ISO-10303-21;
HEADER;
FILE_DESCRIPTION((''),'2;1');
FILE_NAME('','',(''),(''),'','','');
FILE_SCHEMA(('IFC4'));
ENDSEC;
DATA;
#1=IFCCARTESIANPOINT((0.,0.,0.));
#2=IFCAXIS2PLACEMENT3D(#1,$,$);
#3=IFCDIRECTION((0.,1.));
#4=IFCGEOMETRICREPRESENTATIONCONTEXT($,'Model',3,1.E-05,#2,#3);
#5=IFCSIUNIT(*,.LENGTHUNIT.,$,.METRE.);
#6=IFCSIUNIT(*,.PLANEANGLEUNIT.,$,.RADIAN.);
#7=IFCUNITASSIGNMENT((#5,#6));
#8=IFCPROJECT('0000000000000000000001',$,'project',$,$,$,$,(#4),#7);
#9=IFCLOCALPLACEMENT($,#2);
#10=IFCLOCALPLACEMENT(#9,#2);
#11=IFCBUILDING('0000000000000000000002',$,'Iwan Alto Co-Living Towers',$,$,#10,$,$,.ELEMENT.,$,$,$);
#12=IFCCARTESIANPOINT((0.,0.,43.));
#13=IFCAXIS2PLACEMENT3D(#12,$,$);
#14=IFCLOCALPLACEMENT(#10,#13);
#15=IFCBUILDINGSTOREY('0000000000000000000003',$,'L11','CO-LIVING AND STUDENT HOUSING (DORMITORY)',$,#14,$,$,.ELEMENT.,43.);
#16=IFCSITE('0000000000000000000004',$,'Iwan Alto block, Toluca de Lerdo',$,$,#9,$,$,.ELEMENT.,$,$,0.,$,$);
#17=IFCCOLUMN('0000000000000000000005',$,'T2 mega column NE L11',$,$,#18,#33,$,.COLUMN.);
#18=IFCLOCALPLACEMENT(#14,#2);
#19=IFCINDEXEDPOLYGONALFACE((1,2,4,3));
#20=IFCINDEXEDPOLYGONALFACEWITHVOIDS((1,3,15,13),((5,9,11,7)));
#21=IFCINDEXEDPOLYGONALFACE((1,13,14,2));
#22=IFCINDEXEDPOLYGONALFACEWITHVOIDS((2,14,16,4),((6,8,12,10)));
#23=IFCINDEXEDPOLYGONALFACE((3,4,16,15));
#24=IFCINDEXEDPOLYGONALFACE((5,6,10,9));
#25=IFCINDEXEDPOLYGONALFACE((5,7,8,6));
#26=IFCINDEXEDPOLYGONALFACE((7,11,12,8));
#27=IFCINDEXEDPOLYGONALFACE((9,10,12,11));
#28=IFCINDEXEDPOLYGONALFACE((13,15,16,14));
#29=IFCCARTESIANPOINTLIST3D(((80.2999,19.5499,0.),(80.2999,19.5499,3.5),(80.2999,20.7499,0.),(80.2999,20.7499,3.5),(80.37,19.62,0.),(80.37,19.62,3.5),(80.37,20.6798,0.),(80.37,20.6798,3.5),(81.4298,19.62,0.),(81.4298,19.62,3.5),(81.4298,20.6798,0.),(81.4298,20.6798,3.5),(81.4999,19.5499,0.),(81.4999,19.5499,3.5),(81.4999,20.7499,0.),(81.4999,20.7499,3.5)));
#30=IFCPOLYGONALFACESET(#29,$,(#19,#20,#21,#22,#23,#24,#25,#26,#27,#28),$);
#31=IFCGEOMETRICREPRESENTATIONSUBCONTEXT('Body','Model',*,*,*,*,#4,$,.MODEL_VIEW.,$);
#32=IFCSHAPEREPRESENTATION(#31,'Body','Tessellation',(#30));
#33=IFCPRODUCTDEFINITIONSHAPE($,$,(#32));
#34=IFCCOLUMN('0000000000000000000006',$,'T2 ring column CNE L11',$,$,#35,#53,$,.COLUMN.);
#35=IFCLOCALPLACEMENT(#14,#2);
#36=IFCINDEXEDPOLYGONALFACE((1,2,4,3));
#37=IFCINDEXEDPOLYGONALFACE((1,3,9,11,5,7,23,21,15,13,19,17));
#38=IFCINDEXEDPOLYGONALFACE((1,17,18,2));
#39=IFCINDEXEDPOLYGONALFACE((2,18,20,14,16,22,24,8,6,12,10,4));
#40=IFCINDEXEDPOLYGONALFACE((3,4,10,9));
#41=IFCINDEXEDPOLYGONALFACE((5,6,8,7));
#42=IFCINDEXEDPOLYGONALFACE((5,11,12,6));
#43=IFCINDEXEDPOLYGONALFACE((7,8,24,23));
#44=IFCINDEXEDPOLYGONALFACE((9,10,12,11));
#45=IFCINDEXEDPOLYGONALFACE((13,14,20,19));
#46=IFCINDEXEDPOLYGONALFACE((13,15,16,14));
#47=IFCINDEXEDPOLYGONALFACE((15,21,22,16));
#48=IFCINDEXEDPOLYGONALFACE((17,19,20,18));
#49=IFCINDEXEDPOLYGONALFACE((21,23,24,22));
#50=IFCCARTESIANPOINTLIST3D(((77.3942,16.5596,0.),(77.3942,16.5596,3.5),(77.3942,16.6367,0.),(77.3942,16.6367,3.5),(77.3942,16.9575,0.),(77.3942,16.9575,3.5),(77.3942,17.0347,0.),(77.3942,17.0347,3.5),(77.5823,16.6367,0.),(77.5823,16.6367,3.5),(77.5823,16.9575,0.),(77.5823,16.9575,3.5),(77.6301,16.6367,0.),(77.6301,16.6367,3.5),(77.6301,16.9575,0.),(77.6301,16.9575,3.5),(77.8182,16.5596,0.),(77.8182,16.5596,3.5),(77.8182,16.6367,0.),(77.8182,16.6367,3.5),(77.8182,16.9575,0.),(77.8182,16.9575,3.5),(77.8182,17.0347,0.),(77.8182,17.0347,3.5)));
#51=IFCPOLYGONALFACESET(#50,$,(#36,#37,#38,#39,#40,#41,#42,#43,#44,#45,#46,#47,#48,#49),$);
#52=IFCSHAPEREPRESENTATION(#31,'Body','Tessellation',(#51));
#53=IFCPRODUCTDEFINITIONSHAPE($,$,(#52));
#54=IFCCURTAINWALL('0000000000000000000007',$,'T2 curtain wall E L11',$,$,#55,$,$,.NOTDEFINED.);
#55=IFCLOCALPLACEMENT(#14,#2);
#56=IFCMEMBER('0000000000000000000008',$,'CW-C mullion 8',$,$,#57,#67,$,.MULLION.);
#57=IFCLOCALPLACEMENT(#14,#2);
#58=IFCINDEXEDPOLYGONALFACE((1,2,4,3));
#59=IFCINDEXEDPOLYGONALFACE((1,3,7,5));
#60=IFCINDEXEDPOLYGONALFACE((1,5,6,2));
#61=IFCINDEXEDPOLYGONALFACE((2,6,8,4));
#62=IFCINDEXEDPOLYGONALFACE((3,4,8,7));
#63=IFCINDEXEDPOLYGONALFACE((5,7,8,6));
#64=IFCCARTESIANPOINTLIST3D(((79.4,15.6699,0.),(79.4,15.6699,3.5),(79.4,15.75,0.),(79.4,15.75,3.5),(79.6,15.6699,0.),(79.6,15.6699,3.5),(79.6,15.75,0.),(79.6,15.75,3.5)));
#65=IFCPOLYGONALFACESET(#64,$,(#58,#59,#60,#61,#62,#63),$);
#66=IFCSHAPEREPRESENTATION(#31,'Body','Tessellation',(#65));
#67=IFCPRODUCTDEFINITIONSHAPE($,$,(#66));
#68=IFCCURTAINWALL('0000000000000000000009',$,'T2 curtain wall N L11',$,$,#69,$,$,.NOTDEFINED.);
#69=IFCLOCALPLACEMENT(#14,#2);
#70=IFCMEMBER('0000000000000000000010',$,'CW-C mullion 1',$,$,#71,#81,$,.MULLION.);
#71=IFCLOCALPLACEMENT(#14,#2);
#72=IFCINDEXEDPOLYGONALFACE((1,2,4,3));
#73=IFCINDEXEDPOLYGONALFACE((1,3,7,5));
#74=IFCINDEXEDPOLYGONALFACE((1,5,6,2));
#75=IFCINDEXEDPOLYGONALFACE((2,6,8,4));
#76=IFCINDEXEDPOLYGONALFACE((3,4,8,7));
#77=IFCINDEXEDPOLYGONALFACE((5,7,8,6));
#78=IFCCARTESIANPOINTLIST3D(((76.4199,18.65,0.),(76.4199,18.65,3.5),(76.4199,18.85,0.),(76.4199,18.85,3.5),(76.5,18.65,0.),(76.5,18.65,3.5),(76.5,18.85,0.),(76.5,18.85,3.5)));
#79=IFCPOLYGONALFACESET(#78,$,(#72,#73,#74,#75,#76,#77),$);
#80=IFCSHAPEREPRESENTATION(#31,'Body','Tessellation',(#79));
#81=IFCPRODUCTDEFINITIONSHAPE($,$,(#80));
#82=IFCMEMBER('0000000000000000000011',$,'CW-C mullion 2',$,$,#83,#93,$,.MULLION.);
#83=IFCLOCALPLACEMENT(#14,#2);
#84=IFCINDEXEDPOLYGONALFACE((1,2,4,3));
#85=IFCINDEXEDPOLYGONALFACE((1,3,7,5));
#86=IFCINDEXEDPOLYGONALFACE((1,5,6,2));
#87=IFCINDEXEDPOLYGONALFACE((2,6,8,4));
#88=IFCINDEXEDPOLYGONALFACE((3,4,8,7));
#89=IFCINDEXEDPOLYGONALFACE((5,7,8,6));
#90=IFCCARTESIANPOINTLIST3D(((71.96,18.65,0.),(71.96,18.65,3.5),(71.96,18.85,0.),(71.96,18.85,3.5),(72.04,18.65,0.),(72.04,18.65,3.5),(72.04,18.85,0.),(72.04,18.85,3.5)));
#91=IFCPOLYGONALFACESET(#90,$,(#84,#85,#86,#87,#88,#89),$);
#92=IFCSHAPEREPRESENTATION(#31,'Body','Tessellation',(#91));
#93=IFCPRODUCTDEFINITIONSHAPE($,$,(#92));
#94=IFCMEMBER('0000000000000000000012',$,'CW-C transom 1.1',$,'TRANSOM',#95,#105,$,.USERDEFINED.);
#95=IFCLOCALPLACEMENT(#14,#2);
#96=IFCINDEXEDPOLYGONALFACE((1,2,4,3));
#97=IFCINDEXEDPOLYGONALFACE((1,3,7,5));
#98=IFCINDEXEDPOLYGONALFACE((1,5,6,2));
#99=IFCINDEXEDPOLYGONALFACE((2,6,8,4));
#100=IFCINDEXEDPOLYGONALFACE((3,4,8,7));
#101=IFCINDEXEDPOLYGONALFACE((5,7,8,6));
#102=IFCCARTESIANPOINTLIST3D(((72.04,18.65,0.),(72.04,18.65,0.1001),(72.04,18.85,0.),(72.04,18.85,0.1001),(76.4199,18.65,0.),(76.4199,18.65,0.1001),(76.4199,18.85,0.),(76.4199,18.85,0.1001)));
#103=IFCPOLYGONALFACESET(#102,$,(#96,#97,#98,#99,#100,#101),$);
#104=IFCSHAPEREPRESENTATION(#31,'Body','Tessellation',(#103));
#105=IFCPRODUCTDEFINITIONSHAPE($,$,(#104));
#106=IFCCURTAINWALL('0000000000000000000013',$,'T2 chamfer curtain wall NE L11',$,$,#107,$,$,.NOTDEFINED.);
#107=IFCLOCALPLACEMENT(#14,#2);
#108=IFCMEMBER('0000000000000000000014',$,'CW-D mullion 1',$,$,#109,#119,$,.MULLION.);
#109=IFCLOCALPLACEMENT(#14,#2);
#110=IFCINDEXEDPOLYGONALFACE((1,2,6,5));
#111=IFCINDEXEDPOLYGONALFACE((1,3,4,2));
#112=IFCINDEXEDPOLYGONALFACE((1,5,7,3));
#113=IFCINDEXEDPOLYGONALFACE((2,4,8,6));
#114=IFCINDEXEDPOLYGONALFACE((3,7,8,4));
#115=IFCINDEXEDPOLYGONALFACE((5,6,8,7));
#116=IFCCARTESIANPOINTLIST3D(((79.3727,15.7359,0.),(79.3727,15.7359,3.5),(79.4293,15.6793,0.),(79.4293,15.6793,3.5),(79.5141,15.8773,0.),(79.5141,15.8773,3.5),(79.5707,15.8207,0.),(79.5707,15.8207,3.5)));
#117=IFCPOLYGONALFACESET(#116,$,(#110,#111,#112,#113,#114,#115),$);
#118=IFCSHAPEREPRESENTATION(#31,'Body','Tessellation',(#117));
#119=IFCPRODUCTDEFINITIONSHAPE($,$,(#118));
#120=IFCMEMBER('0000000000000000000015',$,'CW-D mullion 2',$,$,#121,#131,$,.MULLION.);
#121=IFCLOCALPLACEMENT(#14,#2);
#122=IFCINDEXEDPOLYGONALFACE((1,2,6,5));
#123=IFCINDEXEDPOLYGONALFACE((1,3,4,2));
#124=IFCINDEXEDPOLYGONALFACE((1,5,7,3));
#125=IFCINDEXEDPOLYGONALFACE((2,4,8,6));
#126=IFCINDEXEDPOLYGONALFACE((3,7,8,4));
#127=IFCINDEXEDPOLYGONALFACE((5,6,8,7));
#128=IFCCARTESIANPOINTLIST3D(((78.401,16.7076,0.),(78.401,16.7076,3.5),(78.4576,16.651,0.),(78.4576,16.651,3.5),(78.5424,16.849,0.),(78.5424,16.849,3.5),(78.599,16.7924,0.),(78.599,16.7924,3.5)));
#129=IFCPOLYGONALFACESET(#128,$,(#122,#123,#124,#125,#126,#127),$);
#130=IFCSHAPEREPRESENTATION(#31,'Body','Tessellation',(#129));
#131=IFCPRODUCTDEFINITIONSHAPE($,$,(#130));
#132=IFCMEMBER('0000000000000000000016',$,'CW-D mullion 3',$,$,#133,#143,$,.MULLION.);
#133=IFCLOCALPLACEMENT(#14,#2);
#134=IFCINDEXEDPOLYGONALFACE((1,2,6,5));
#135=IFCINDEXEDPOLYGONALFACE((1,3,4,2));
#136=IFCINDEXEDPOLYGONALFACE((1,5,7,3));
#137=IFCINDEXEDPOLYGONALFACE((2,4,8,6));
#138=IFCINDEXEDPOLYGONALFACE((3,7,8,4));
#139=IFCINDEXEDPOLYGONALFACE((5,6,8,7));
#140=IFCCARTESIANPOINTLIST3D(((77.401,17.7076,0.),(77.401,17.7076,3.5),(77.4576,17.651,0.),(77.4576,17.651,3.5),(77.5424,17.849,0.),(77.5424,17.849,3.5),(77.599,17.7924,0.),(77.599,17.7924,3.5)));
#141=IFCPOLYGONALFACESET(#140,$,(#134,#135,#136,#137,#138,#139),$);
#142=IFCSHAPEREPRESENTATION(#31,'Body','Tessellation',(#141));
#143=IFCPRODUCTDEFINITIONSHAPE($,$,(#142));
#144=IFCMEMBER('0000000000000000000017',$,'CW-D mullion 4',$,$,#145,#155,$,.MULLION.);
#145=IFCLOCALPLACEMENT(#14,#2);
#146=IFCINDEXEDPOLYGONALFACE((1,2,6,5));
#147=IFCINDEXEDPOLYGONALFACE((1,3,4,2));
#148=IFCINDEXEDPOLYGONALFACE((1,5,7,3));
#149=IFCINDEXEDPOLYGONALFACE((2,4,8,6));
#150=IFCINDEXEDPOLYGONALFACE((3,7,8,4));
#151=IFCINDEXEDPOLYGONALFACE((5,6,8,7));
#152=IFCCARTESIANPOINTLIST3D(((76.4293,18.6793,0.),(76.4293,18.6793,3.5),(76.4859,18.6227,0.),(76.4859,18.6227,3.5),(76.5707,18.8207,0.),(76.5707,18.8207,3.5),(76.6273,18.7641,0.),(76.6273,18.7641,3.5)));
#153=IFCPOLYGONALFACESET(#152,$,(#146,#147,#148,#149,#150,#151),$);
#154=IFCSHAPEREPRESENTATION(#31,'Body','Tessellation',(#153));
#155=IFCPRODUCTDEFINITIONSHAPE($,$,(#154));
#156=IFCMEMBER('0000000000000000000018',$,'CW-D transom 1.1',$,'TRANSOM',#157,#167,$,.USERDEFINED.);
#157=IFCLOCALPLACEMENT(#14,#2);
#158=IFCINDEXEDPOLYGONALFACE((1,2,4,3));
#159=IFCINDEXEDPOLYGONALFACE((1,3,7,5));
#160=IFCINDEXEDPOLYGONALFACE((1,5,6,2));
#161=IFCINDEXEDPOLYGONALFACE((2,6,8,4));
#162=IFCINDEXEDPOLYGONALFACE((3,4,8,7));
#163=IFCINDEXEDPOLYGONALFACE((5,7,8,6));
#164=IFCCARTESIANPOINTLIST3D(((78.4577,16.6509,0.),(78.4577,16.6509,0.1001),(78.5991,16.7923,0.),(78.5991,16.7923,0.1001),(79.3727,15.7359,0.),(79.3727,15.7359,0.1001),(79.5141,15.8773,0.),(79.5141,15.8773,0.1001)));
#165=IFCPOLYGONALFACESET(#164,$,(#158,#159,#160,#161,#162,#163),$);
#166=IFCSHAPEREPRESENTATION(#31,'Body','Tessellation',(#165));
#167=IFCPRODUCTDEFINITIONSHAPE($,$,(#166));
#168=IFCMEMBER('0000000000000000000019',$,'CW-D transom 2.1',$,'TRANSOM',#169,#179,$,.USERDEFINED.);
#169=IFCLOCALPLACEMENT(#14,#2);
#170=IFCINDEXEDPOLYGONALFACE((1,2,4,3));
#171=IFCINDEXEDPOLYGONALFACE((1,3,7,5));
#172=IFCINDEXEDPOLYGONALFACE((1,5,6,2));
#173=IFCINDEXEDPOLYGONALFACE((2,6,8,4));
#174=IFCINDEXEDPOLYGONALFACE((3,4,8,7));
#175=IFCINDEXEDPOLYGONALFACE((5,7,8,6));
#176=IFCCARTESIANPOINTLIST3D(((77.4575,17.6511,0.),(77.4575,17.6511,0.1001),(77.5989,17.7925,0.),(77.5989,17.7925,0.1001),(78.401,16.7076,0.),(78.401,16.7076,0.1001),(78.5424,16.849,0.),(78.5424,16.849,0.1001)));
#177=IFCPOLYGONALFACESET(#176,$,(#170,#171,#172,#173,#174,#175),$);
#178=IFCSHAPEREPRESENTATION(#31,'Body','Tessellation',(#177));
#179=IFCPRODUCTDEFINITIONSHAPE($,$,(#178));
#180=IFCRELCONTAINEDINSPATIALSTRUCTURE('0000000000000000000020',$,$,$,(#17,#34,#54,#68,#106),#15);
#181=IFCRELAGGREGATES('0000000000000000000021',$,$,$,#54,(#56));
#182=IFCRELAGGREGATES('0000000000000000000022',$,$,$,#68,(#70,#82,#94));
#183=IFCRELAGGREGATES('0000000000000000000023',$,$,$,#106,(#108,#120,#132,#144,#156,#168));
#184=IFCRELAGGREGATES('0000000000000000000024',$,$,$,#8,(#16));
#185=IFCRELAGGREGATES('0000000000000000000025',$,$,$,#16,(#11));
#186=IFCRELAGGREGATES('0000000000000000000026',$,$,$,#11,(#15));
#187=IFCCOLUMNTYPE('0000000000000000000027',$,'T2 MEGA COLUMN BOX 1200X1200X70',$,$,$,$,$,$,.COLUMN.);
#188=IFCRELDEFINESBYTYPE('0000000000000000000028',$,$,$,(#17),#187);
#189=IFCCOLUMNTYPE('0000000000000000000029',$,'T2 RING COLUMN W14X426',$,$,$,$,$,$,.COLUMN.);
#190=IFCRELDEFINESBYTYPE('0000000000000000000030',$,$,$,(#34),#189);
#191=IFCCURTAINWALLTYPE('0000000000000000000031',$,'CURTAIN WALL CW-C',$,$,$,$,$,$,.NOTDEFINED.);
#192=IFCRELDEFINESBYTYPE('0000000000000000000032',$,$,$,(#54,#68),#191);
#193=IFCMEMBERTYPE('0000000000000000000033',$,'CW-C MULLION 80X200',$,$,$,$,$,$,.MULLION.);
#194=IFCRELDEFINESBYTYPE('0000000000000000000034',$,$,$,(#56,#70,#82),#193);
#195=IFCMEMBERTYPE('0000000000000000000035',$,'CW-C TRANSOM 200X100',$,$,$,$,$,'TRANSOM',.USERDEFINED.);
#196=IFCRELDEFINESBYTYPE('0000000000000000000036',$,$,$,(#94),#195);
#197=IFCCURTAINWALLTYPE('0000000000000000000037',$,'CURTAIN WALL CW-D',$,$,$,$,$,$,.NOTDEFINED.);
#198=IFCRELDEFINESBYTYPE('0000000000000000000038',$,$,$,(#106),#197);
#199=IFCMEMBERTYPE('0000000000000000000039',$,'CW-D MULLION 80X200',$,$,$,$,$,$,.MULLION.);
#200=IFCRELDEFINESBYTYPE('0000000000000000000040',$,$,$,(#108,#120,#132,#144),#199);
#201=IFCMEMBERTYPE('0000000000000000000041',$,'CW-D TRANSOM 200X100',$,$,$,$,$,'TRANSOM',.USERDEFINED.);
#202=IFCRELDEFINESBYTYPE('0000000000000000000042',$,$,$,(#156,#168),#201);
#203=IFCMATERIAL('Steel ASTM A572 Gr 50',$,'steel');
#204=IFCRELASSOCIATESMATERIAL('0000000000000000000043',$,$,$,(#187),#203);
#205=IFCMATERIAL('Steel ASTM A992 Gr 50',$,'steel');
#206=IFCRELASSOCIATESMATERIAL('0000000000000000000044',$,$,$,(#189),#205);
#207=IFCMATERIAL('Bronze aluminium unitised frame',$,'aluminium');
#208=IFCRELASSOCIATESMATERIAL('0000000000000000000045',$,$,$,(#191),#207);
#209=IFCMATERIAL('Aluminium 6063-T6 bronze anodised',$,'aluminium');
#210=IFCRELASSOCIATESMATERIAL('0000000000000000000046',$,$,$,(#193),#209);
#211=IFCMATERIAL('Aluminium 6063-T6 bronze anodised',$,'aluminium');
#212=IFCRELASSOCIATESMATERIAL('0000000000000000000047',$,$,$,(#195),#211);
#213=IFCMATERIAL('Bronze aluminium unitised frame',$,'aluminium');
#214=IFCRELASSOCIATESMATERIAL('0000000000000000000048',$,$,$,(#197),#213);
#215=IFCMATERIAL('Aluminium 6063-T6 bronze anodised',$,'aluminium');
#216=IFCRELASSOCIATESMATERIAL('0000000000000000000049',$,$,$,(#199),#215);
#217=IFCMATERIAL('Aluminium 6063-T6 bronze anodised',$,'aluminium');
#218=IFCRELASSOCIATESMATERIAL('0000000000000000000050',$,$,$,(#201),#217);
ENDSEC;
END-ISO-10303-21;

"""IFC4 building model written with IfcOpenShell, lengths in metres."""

from ifc_helpers import new_model, si_unit, direction, frame, origin, origin_2d, place, context, subcontext, project, spatial, rectangle, hollow_rectangle, i_section, extrude, material, material_profile, profile_set, type_object, element, aggregate, save


model = new_model("IFC4")

# Units and contexts
model_context = context("Model", 3, precision=1e-05, world=origin(), true_north=direction((0.0, 1.0)))
body_context = subcontext(model_context, "Body", "Model", "MODEL_VIEW")
ifc_project = project(units=[si_unit("LENGTHUNIT", "METRE"), si_unit("PLANEANGLEUNIT", "RADIAN")], contexts=[model_context])

# Site, building, storey
site_placement = place(None, origin())
site = spatial("IfcSite", under=ifc_project, at=site_placement, Name="Iwan Alto block, Toluca de Lerdo", CompositionType="ELEMENT", RefElevation=0.0)
building_placement = place(site_placement, origin())
building = spatial("IfcBuilding", under=site, at=building_placement, Name="Iwan Alto Co-Living Towers", CompositionType="ELEMENT")
storey_placement = place(building_placement, frame((0.0, 0.0, 43.0)))
storey = spatial("IfcBuildingStorey", under=building, at=storey_placement, Name="L11", Description="CO-LIVING AND STUDENT HOUSING (DORMITORY)", CompositionType="ELEMENT", Elevation=43.0)

# Columns
ifc_material_1 = material(Name="Steel ASTM A572 Gr 50", Category="steel")
ifc_material_profile_1 = material_profile(ifc_material_1, hollow_rectangle(XDim=1.2, YDim=1.2, WallThickness=0.0701, at=origin_2d()), Name="BOX 1200X1200X70")
ifc_profile_set_1 = profile_set([ifc_material_profile_1], Name="Steel ASTM A572 Gr 50")
column_type_1 = type_object("IfcColumnType", Name="T2 MEGA COLUMN BOX 1200X1200X70", PredefinedType="COLUMN", material=ifc_profile_set_1)
column_1_placement = place(storey_placement, frame((80.8999, 20.1499, 0.0), z_axis=(0.0, 0.0, 1.0), x_axis=(1.0, 0.0, 0.0)))
element("IfcColumn", 1, at=column_1_placement, inside=storey, type_object=column_type_1, Name="T2 mega column NE L11", PredefinedType="COLUMN", context=body_context, shape_type="SweptSolid", body=[
    extrude(hollow_rectangle(XDim=1.2, YDim=1.2, WallThickness=0.0701, at=origin_2d()), origin(), (0.0, 0.0, 1.0), 3.5),
])
ifc_material_2 = material(Name="Steel ASTM A992 Gr 50", Category="steel")
ifc_material_profile_2 = material_profile(ifc_material_2, i_section(OverallWidth=0.4241, OverallDepth=0.4751, WebThickness=0.0479, FlangeThickness=0.0771, at=origin_2d()), Name="W14X426")
ifc_profile_set_2 = profile_set([ifc_material_profile_2], Name="Steel ASTM A992 Gr 50")
column_type_2 = type_object("IfcColumnType", Name="T2 RING COLUMN W14X426", PredefinedType="COLUMN", material=ifc_profile_set_2)
column_2_placement = place(storey_placement, frame((77.6062, 16.7971, 0.0), z_axis=(0.0, 0.0, 1.0), x_axis=(1.0, 0.0, 0.0)))
element("IfcColumn", 2, at=column_2_placement, inside=storey, type_object=column_type_2, Name="T2 ring column CNE L11", PredefinedType="COLUMN", context=body_context, shape_type="SweptSolid", body=[
    extrude(i_section(OverallWidth=0.4241, OverallDepth=0.4751, WebThickness=0.0479, FlangeThickness=0.0771, at=origin_2d()), origin(), (0.0, 0.0, 1.0), 3.5),
])

# Curtain wall, member
ifc_material_3 = material(Name="Bronze aluminium unitised frame", Category="aluminium")
curtain_wall_type_1 = type_object("IfcCurtainWallType", Name="CURTAIN WALL CW-C", PredefinedType="NOTDEFINED", material=ifc_material_3)
curtain_wall_1_placement = place(storey_placement, origin())
curtain_wall_1 = element("IfcCurtainWall", 3, at=curtain_wall_1_placement, inside=storey, type_object=curtain_wall_type_1, Name="T2 curtain wall E L11", PredefinedType="NOTDEFINED")
ifc_material_4 = material(Name="Aluminium 6063-T6 bronze anodised", Category="aluminium")
ifc_material_profile_3 = material_profile(ifc_material_4, rectangle(XDim=0.2, YDim=0.0801, at=origin_2d()), Name="AL 80X200")
ifc_profile_set_3 = profile_set([ifc_material_profile_3], Name="Aluminium 6063-T6 bronze anodised")
member_type_1 = type_object("IfcMemberType", Name="CW-C MULLION 80X200", PredefinedType="MULLION", material=ifc_profile_set_3)
member_1_placement = place(storey_placement, frame((79.5, 15.71, 0.0), z_axis=(0.0, 0.0, 1.0), x_axis=(-1.0, 0.0, 0.0)))
member_1 = element("IfcMember", 4, at=member_1_placement, type_object=member_type_1, Name="CW-C mullion 8", PredefinedType="MULLION", context=body_context, shape_type="SweptSolid", body=[
    extrude(rectangle(XDim=0.2, YDim=0.0801, at=origin_2d()), origin(), (0.0, 0.0, 1.0), 3.5),
])
aggregate(curtain_wall_1, [member_1])

# Curtain walls, members
curtain_wall_2_placement = place(storey_placement, origin())
curtain_wall_2 = element("IfcCurtainWall", 5, at=curtain_wall_2_placement, inside=storey, type_object=curtain_wall_type_1, Name="T2 curtain wall N L11", PredefinedType="NOTDEFINED")
member_2_placement = place(storey_placement, frame((76.46, 18.75, 0.0), z_axis=(0.0, 0.0, 1.0), x_axis=(0.0, -1.0, 0.0)))
member_2 = element("IfcMember", 6, at=member_2_placement, type_object=member_type_1, Name="CW-C mullion 1", PredefinedType="MULLION", context=body_context, shape_type="SweptSolid", body=[
    extrude(rectangle(XDim=0.2, YDim=0.0801, at=origin_2d()), origin(), (0.0, 0.0, 1.0), 3.5),
])
member_3_placement = place(storey_placement, frame((72.0, 18.75, 0.0), z_axis=(0.0, 0.0, 1.0), x_axis=(0.0, -1.0, 0.0)))
member_3 = element("IfcMember", 7, at=member_3_placement, type_object=member_type_1, Name="CW-C mullion 2", PredefinedType="MULLION", context=body_context, shape_type="SweptSolid", body=[
    extrude(rectangle(XDim=0.2, YDim=0.0801, at=origin_2d()), origin(), (0.0, 0.0, 1.0), 3.5),
])
ifc_material_5 = material(Name="Aluminium 6063-T6 bronze anodised", Category="aluminium")
ifc_material_profile_4 = material_profile(ifc_material_5, rectangle(XDim=0.2, YDim=0.1001, at=origin_2d()), Name="AL 200X100")
ifc_profile_set_4 = profile_set([ifc_material_profile_4], Name="Aluminium 6063-T6 bronze anodised")
member_type_2 = type_object("IfcMemberType", Name="CW-C TRANSOM 200X100", ElementType="TRANSOM", PredefinedType="USERDEFINED", material=ifc_profile_set_4)
member_4_placement = place(storey_placement, frame((76.4199, 18.75, 0.05), z_axis=(-1.0, 0.0, 0.0), x_axis=(0.0, -1.0, 0.0)))
member_4 = element("IfcMember", 8, at=member_4_placement, type_object=member_type_2, Name="CW-C transom 1.1", ObjectType="TRANSOM", PredefinedType="USERDEFINED", context=body_context, shape_type="SweptSolid", body=[
    extrude(rectangle(XDim=0.2, YDim=0.1001, at=origin_2d()), origin(), (0.0, 0.0, 1.0), 4.3799),
])
ifc_material_6 = material(Name="Bronze aluminium unitised frame", Category="aluminium")
curtain_wall_type_2 = type_object("IfcCurtainWallType", Name="CURTAIN WALL CW-D", PredefinedType="NOTDEFINED", material=ifc_material_6)
curtain_wall_3_placement = place(storey_placement, origin())
curtain_wall_3 = element("IfcCurtainWall", 9, at=curtain_wall_3_placement, inside=storey, type_object=curtain_wall_type_2, Name="T2 chamfer curtain wall NE L11", PredefinedType="NOTDEFINED")
ifc_material_7 = material(Name="Aluminium 6063-T6 bronze anodised", Category="aluminium")
ifc_material_profile_5 = material_profile(ifc_material_7, rectangle(XDim=0.2, YDim=0.0801, at=origin_2d()), Name="AL 80X200")
ifc_profile_set_5 = profile_set([ifc_material_profile_5], Name="Aluminium 6063-T6 bronze anodised")
member_type_3 = type_object("IfcMemberType", Name="CW-D MULLION 80X200", PredefinedType="MULLION", material=ifc_profile_set_5)
member_5_placement = place(storey_placement, frame((79.4717, 15.7783, 0.0), z_axis=(0.0, 0.0, 1.0), x_axis=(-0.707107, -0.707107, 0.0)))
member_5 = element("IfcMember", 10, at=member_5_placement, type_object=member_type_3, Name="CW-D mullion 1", PredefinedType="MULLION", context=body_context, shape_type="SweptSolid", body=[
    extrude(rectangle(XDim=0.2, YDim=0.0801, at=origin_2d()), origin(), (0.0, 0.0, 1.0), 3.5),
])
member_6_placement = place(storey_placement, frame((78.5, 16.75, 0.0), z_axis=(0.0, 0.0, 1.0), x_axis=(-0.707107, -0.707107, 0.0)))
member_6 = element("IfcMember", 11, at=member_6_placement, type_object=member_type_3, Name="CW-D mullion 2", PredefinedType="MULLION", context=body_context, shape_type="SweptSolid", body=[
    extrude(rectangle(XDim=0.2, YDim=0.0801, at=origin_2d()), origin(), (0.0, 0.0, 1.0), 3.5),
])
member_7_placement = place(storey_placement, frame((77.5, 17.75, 0.0), z_axis=(0.0, 0.0, 1.0), x_axis=(-0.707107, -0.707107, 0.0)))
member_7 = element("IfcMember", 12, at=member_7_placement, type_object=member_type_3, Name="CW-D mullion 3", PredefinedType="MULLION", context=body_context, shape_type="SweptSolid", body=[
    extrude(rectangle(XDim=0.2, YDim=0.0801, at=origin_2d()), origin(), (0.0, 0.0, 1.0), 3.5),
])
member_8_placement = place(storey_placement, frame((76.5283, 18.7217, 0.0), z_axis=(0.0, 0.0, 1.0), x_axis=(-0.707107, -0.707107, 0.0)))
member_8 = element("IfcMember", 13, at=member_8_placement, type_object=member_type_3, Name="CW-D mullion 4", PredefinedType="MULLION", context=body_context, shape_type="SweptSolid", body=[
    extrude(rectangle(XDim=0.2, YDim=0.0801, at=origin_2d()), origin(), (0.0, 0.0, 1.0), 3.5),
])
ifc_material_8 = material(Name="Aluminium 6063-T6 bronze anodised", Category="aluminium")
ifc_material_profile_6 = material_profile(ifc_material_8, rectangle(XDim=0.2, YDim=0.1001, at=origin_2d()), Name="AL 200X100")
ifc_profile_set_6 = profile_set([ifc_material_profile_6], Name="Aluminium 6063-T6 bronze anodised")
member_type_4 = type_object("IfcMemberType", Name="CW-D TRANSOM 200X100", ElementType="TRANSOM", PredefinedType="USERDEFINED", material=ifc_profile_set_6)
member_9_placement = place(storey_placement, frame((79.4434, 15.8066, 0.05), z_axis=(-0.707107, 0.707107, 0.0), x_axis=(-0.707107, -0.707107, 0.0)))
member_9 = element("IfcMember", 14, at=member_9_placement, type_object=member_type_4, Name="CW-D transom 1.1", ObjectType="TRANSOM", PredefinedType="USERDEFINED", context=body_context, shape_type="SweptSolid", body=[
    extrude(rectangle(XDim=0.2, YDim=0.1001, at=origin_2d()), origin(), (0.0, 0.0, 1.0), 1.2939),
])
member_10_placement = place(storey_placement, frame((78.4717, 16.7783, 0.05), z_axis=(-0.707107, 0.707107, 0.0), x_axis=(-0.707107, -0.707107, 0.0)))
member_10 = element("IfcMember", 15, at=member_10_placement, type_object=member_type_4, Name="CW-D transom 2.1", ObjectType="TRANSOM", PredefinedType="USERDEFINED", context=body_context, shape_type="SweptSolid", body=[
    extrude(rectangle(XDim=0.2, YDim=0.1001, at=origin_2d()), origin(), (0.0, 0.0, 1.0), 1.3342),
])

aggregate(curtain_wall_2, [member_2, member_3, member_4])
aggregate(curtain_wall_3, [member_5, member_6, member_7, member_8, member_9, member_10])

save(model, "model.ifc")
